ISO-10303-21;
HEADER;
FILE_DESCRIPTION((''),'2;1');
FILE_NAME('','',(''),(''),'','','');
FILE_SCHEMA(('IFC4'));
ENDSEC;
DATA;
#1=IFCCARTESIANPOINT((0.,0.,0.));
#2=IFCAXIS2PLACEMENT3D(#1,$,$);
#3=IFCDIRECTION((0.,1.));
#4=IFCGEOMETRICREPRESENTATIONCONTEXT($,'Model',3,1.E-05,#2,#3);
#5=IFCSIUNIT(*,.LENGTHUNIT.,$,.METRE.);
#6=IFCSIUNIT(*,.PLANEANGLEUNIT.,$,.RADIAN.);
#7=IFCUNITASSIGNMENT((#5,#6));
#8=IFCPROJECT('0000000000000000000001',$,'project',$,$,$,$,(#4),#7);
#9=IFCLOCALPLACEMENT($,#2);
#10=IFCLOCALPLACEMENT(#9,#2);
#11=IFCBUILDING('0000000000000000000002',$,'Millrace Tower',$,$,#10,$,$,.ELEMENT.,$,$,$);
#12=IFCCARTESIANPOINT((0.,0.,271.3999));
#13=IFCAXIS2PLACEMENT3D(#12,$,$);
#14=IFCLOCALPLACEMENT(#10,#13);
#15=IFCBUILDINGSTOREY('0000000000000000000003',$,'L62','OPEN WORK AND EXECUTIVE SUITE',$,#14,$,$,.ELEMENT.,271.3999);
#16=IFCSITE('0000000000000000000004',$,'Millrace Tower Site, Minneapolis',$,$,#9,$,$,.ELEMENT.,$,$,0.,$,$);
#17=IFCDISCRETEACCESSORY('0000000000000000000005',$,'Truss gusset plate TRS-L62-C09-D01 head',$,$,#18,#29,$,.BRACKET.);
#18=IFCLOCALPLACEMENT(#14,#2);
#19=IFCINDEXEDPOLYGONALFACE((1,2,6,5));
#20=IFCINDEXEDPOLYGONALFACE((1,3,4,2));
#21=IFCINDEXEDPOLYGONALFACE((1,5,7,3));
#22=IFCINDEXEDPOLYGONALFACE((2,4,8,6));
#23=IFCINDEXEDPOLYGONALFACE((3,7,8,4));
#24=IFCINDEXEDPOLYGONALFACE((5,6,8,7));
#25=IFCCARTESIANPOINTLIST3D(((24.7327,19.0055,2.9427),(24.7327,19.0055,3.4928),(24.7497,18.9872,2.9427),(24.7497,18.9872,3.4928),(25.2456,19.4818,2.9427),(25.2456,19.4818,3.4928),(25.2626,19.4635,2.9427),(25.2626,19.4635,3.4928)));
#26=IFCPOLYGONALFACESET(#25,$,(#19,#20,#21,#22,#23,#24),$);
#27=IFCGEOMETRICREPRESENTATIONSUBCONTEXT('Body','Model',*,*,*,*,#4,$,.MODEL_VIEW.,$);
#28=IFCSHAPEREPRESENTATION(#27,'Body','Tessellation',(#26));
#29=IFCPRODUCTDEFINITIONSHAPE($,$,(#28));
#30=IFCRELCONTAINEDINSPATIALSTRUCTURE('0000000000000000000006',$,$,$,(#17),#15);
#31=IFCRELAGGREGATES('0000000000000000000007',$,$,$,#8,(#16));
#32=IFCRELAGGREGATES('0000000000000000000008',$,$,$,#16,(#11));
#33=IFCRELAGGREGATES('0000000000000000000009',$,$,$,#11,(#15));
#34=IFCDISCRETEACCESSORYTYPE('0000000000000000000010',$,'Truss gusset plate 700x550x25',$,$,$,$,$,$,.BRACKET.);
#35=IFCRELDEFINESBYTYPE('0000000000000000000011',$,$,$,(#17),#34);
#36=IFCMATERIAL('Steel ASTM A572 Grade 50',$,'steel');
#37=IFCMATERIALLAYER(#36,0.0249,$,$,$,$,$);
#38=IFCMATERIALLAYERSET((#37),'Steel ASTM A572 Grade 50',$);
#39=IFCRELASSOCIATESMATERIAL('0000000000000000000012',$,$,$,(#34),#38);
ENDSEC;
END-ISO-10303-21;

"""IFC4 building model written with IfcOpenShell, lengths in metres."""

from ifc_helpers import new_model, si_unit, direction, frame, origin, origin_2d, place, context, subcontext, project, spatial, rectangle, extrude, material, layer, layer_set, type_object, element, save


model = new_model("IFC4")

# Units and contexts
model_context = context("Model", 3, precision=1e-05, world=origin(), true_north=direction((0.0, 1.0)))
body_context = subcontext(model_context, "Body", "Model", "MODEL_VIEW")
ifc_project = project(units=[si_unit("LENGTHUNIT", "METRE"), si_unit("PLANEANGLEUNIT", "RADIAN")], contexts=[model_context])

# Site, building, storey
site_placement = place(None, origin())
site = spatial("IfcSite", under=ifc_project, at=site_placement, Name="Millrace Tower Site, Minneapolis", CompositionType="ELEMENT", RefElevation=0.0)
building_placement = place(site_placement, origin())
building = spatial("IfcBuilding", under=site, at=building_placement, Name="Millrace Tower", CompositionType="ELEMENT")
storey_placement = place(building_placement, frame((0.0, 0.0, 271.3999)))
storey = spatial("IfcBuildingStorey", under=building, at=storey_placement, Name="L62", Description="OPEN WORK AND EXECUTIVE SUITE", CompositionType="ELEMENT", Elevation=271.3999)

# Discrete accessory
ifc_material_1 = material(Name="Steel ASTM A572 Grade 50", Category="steel")
ifc_layer_1 = layer(ifc_material_1, 0.0249)
ifc_layer_set_1 = layer_set([ifc_layer_1], Name="Steel ASTM A572 Grade 50")
discrete_accessory_type_1 = type_object("IfcDiscreteAccessoryType", Name="Truss gusset plate 700x550x25", PredefinedType="BRACKET", material=ifc_layer_set_1)
discrete_accessory_1_placement = place(storey_placement, frame((24.7412, 18.9963, 3.2178), z_axis=(0.732781, 0.680464, 0.0), x_axis=(-0.680464, 0.732781, 0.0)))
element("IfcDiscreteAccessory", 1, at=discrete_accessory_1_placement, inside=storey, type_object=discrete_accessory_type_1, Name="Truss gusset plate TRS-L62-C09-D01 head", PredefinedType="BRACKET", context=body_context, shape_type="SweptSolid", body=[
    extrude(rectangle(XDim=0.0249, YDim=0.55, at=origin_2d()), origin(), (0.0, 0.0, 1.0), 0.7),
])

save(model, "model.ifc")
